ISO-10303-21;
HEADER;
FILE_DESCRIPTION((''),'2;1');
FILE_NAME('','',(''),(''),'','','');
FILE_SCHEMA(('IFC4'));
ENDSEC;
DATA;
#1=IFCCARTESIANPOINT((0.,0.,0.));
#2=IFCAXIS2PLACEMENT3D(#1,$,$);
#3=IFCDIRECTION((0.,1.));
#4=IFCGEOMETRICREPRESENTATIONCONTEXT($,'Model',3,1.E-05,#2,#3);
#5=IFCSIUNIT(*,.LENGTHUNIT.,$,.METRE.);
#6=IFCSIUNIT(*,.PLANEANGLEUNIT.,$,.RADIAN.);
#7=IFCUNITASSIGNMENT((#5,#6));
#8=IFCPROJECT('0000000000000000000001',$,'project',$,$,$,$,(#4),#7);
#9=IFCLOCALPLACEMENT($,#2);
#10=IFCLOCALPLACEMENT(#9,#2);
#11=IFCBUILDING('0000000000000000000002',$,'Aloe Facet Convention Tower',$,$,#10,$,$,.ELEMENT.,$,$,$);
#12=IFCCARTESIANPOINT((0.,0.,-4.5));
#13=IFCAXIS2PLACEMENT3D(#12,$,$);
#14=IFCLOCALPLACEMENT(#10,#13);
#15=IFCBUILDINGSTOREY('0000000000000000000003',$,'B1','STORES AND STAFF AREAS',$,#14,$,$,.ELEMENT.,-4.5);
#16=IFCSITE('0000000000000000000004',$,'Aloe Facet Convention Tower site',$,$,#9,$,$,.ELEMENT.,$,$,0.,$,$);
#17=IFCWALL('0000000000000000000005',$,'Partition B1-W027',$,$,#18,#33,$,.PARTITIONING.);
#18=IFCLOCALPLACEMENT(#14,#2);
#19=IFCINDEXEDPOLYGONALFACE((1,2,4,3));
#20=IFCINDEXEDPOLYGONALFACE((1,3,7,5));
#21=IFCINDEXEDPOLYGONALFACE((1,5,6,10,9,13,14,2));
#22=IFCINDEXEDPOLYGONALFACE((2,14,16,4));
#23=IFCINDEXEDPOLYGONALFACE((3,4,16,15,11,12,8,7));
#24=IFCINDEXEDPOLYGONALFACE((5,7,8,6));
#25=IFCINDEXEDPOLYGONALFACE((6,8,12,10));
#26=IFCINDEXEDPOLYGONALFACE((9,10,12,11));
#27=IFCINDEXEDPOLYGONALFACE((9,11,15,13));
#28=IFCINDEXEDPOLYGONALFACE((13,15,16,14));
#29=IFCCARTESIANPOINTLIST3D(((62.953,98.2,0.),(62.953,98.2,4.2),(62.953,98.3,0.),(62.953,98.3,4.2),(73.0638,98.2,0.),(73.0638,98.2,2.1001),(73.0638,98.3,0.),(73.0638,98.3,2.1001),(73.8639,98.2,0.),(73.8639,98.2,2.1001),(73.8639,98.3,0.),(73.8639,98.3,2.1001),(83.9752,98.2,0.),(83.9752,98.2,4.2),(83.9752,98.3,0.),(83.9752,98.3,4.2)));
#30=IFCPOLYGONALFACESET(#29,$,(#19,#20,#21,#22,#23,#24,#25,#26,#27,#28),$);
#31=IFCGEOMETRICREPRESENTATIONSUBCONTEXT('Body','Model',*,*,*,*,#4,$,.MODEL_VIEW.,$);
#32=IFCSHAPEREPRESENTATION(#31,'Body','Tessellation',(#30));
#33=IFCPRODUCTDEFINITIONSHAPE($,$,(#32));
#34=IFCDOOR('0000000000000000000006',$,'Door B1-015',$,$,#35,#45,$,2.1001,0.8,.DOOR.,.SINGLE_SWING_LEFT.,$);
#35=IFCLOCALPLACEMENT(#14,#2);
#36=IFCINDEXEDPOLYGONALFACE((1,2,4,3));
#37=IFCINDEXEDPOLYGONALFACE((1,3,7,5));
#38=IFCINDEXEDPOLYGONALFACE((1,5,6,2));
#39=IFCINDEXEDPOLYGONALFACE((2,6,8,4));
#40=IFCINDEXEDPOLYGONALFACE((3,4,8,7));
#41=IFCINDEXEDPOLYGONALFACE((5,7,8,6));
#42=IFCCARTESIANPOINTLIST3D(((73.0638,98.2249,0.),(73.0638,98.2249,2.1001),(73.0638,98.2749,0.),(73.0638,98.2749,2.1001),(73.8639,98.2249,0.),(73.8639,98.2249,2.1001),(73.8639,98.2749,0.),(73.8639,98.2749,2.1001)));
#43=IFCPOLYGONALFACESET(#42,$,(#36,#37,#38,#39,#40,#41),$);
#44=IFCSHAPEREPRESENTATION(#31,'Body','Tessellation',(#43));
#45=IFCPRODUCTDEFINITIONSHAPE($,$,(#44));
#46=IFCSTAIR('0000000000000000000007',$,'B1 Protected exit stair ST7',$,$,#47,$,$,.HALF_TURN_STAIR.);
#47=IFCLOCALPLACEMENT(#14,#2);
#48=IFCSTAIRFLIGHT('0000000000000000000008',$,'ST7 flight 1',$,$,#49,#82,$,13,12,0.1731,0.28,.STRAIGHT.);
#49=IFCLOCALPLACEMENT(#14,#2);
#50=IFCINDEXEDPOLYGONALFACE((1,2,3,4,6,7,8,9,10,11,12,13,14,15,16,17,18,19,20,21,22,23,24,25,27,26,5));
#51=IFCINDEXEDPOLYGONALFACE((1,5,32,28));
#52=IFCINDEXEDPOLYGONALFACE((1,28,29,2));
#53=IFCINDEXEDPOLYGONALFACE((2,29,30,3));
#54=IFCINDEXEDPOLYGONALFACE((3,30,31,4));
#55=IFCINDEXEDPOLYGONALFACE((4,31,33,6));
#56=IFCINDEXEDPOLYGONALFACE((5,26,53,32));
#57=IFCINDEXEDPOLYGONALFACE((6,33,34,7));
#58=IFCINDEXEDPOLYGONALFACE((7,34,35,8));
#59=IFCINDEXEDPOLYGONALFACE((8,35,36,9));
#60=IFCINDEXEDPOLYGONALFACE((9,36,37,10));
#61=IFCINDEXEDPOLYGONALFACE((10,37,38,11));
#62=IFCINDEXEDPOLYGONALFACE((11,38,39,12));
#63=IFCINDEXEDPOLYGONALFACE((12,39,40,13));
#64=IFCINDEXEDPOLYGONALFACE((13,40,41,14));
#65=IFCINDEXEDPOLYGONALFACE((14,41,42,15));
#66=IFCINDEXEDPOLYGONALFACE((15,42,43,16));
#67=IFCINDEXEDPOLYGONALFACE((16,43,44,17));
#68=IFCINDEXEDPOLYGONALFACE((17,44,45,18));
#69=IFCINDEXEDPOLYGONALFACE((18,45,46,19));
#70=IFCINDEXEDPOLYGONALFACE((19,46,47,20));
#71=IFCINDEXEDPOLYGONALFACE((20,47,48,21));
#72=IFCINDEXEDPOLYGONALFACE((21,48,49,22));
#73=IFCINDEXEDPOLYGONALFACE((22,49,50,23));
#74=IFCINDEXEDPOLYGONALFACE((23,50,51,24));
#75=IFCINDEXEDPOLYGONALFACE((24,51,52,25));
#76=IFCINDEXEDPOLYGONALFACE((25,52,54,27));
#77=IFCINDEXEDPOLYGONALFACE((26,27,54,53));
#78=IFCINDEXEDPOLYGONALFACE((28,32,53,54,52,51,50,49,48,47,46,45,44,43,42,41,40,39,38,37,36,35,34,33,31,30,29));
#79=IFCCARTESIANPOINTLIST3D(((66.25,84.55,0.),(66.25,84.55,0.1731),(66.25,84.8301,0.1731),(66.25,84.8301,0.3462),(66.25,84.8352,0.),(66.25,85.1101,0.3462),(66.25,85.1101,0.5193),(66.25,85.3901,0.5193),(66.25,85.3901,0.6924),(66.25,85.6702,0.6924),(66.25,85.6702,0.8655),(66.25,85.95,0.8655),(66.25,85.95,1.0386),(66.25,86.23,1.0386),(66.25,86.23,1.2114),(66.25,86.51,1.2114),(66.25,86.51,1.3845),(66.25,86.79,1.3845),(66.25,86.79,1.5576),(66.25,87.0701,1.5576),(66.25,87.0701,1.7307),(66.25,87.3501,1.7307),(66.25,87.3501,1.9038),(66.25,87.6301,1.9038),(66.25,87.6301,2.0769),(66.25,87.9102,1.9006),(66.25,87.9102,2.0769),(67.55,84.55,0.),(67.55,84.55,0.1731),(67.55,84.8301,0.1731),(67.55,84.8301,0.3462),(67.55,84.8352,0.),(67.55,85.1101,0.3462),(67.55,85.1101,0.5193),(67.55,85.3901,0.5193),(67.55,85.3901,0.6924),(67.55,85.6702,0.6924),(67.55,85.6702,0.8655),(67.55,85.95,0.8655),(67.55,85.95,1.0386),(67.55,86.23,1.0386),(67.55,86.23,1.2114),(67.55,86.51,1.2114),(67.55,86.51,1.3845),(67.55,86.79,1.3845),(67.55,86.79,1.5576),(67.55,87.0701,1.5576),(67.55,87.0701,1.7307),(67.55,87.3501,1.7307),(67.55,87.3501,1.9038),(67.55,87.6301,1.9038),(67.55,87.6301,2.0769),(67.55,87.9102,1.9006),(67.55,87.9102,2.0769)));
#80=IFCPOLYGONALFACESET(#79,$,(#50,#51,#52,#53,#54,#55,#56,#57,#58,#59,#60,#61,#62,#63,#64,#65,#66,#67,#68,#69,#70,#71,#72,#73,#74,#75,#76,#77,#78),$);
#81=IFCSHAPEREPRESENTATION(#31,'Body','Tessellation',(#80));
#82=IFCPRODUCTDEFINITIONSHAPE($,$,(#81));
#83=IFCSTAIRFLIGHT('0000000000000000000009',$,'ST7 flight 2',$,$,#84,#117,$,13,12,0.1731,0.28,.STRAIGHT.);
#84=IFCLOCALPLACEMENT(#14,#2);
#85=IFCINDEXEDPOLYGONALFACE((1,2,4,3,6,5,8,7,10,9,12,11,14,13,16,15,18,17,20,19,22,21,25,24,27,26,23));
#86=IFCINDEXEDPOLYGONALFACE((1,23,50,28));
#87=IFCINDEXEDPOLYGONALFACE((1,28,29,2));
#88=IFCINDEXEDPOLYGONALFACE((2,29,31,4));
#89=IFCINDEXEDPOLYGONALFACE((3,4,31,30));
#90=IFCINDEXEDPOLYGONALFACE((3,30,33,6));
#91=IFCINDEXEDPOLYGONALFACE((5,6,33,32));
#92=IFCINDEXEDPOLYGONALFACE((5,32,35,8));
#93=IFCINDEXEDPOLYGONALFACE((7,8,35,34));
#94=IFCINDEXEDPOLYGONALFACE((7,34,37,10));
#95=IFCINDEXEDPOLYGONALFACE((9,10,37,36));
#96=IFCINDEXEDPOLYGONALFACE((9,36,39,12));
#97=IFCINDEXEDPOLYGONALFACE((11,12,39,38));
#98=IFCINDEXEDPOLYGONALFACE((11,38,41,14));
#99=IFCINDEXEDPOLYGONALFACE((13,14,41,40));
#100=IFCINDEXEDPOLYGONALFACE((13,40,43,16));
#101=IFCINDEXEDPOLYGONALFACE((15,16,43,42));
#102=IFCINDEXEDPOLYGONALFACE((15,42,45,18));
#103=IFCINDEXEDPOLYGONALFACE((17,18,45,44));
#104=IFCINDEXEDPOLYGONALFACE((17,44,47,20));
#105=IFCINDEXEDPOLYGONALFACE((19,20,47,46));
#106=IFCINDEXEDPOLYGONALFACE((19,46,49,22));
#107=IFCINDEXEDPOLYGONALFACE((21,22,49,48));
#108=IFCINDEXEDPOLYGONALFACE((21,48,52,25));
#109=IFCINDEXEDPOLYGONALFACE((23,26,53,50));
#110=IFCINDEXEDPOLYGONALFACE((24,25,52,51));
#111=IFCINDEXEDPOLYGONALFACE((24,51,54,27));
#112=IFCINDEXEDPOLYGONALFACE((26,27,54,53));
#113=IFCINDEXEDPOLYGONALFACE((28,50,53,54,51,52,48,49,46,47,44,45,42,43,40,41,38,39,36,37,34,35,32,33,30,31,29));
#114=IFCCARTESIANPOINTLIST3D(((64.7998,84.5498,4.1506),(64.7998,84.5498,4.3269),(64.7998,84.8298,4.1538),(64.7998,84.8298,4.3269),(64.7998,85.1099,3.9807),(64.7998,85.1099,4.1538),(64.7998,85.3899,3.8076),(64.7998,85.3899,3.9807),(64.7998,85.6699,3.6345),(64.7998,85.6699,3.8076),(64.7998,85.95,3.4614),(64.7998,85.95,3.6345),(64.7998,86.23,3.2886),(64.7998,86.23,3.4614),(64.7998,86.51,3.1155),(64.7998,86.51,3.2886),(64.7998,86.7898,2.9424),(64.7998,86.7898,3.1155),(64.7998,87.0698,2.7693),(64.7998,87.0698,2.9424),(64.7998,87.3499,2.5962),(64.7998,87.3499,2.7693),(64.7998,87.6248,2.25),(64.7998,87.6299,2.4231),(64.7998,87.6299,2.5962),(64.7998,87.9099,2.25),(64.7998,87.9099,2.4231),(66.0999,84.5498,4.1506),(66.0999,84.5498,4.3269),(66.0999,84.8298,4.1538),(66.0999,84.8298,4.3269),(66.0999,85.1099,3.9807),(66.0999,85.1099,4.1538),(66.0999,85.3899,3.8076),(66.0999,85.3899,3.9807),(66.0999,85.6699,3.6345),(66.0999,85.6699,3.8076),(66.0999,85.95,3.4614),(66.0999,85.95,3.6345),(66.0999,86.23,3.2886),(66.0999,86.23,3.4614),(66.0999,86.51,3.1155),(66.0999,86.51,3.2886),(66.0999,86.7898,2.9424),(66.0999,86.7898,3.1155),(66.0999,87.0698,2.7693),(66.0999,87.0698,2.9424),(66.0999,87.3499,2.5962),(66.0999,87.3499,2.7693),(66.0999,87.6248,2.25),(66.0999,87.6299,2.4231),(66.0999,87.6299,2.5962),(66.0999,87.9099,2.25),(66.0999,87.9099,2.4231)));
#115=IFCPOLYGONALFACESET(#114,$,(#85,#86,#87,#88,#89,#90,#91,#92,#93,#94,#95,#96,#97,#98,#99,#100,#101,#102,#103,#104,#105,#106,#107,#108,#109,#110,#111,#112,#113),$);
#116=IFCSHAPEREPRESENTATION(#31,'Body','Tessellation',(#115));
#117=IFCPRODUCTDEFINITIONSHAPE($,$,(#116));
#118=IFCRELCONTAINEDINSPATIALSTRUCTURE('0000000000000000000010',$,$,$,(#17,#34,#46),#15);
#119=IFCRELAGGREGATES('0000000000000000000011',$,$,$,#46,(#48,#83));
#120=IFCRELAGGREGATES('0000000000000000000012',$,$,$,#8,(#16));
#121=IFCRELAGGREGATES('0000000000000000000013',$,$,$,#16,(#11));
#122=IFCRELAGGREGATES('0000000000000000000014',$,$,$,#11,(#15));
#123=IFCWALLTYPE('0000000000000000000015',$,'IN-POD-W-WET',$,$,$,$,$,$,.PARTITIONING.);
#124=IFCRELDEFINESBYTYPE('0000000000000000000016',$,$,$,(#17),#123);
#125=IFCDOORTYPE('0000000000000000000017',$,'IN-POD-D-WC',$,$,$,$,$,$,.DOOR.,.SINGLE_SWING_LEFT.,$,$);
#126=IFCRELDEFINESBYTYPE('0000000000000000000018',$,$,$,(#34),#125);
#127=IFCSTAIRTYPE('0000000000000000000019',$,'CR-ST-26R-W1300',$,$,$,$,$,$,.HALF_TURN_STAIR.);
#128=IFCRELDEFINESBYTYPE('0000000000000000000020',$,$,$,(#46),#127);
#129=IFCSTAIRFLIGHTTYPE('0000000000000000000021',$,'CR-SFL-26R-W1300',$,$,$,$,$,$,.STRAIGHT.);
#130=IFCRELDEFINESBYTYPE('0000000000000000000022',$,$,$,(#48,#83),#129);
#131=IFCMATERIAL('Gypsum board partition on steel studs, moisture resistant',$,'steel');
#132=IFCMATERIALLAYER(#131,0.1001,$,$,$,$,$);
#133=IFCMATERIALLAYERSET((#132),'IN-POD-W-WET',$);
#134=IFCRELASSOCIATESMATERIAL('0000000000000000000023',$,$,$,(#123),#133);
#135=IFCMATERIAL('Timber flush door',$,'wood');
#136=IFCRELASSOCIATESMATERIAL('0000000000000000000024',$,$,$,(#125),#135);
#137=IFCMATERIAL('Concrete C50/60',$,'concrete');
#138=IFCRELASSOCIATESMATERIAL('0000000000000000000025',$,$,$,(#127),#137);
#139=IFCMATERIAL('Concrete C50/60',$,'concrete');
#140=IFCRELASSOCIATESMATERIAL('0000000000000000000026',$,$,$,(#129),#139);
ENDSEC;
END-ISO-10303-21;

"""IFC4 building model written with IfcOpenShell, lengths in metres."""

from ifc_helpers import new_model, si_unit, direction, frame, frame_2d, origin, place, context, subcontext, project, spatial, polyline, rectangle, outline, extrude, material, layer, layer_set, type_object, element, fill, aggregate, save


model = new_model("IFC4")

# Units and contexts
model_context = context("Model", 3, precision=1e-05, world=origin(), true_north=direction((0.0, 1.0)))
body_context = subcontext(model_context, "Body", "Model", "MODEL_VIEW")
ifc_project = project(units=[si_unit("LENGTHUNIT", "METRE"), si_unit("PLANEANGLEUNIT", "RADIAN")], contexts=[model_context])

# Site, building, storey
site_placement = place(None, origin())
site = spatial("IfcSite", under=ifc_project, at=site_placement, Name="Aloe Facet Convention Tower site", CompositionType="ELEMENT", RefElevation=0.0)
building_placement = place(site_placement, origin())
building = spatial("IfcBuilding", under=site, at=building_placement, Name="Aloe Facet Convention Tower", CompositionType="ELEMENT")
storey_placement = place(building_placement, frame((0.0, 0.0, -4.5)))
storey = spatial("IfcBuildingStorey", under=building, at=storey_placement, Name="B1", Description="STORES AND STAFF AREAS", CompositionType="ELEMENT", Elevation=-4.5)

# Shared definitions
ifc_material_1 = material(Name="Gypsum board partition on steel studs, moisture resistant", Category="steel")
ifc_layer_1 = layer(ifc_material_1, 0.1001)
ifc_layer_set_1 = layer_set([ifc_layer_1], Name="IN-POD-W-WET")
wall_type_1 = type_object("IfcWallType", Name="IN-POD-W-WET", PredefinedType="PARTITIONING", material=ifc_layer_set_1)

# Wall, opening, door
wall_1_placement = place(storey_placement, frame((62.9529, 98.25, 0.0), z_axis=(0.0, 0.0, 1.0), x_axis=(1.0, 0.0, 0.0)))
wall_1 = element("IfcWall", 1, at=wall_1_placement, inside=storey, type_object=wall_type_1, Name="Partition B1-W027", PredefinedType="PARTITIONING", context=body_context, shape_type="SweptSolid", body=[
    extrude(rectangle(XDim=21.0222, YDim=0.1001, at=frame_2d((10.5112, 0.0))), origin(), (0.0, 0.0, 1.0), 4.2),
])
opening_1_placement = place(wall_1_placement, frame((10.1111, 0.0, 0.0)))
opening_1 = element("IfcOpeningElement", 2, at=opening_1_placement, cuts=wall_1, PredefinedType="OPENING", context=body_context, shape_type="SweptSolid", body=[
    extrude(rectangle(XDim=0.8, YDim=2.1001, at=frame_2d((0.3999, 1.05))), frame((0.0, 0.0601, 0.0), z_axis=(0.0, -1.0, 0.0), x_axis=(1.0, 0.0, 0.0)), (0.0, 0.0, 1.0), 0.1201),
])
ifc_material_2 = material(Name="Timber flush door", Category="wood")
door_type_1 = type_object("IfcDoorType", Name="IN-POD-D-WC", OperationType="SINGLE_SWING_LEFT", PredefinedType="DOOR", material=ifc_material_2)
door_1_placement = place(opening_1_placement, origin())
door_1 = element("IfcDoor", 3, at=door_1_placement, inside=storey, type_object=door_type_1, Name="Door B1-015", OperationType="SINGLE_SWING_LEFT", OverallHeight=2.1001, OverallWidth=0.8, PredefinedType="DOOR", context=body_context, shape_type="SweptSolid", body=[
    extrude(rectangle(XDim=0.8, YDim=2.1001, at=frame_2d((0.3999, 1.05))), frame((0.0, 0.0249, 0.0), z_axis=(0.0, -1.0, 0.0), x_axis=(1.0, 0.0, 0.0)), (0.0, 0.0, 1.0), 0.05),
])
fill(opening_1, door_1)

# Stair, stair flights
ifc_material_3 = material(Name="Concrete C50/60", Category="concrete")
stair_type = type_object("IfcStairType", Name="CR-ST-26R-W1300", PredefinedType="HALF_TURN_STAIR", material=ifc_material_3)
stair_placement = place(storey_placement, origin())
stair = element("IfcStair", 4, at=stair_placement, inside=storey, type_object=stair_type, Name="B1 Protected exit stair ST7", PredefinedType="HALF_TURN_STAIR")
ifc_material_4 = material(Name="Concrete C50/60", Category="concrete")
stair_flight_type = type_object("IfcStairFlightType", Name="CR-SFL-26R-W1300", PredefinedType="STRAIGHT", material=ifc_material_4)
stair_flight_1_placement = place(storey_placement, frame((66.8999, 84.55, 0.0), z_axis=(0.0, 0.0, 1.0), x_axis=(0.0, 1.0, 0.0)))
stair_flight_1 = element("IfcStairFlight", 5, at=stair_flight_1_placement, type_object=stair_flight_type, Name="ST7 flight 1", NumberOfRisers=13, NumberOfTreads=12, PredefinedType="STRAIGHT", RiserHeight=0.1731, TreadLength=0.28, context=body_context, shape_type="SweptSolid", body=[
    extrude(outline(polyline([(0.0, 0.0), (0.0, 0.1731), (0.28, 0.1731), (0.28, 0.3462), (0.5601, 0.3462), (0.5601, 0.5193), (0.8401, 0.5193), (0.8401, 0.6924), (1.1201, 0.6924), (1.1201, 0.8655), (1.3999, 0.8655), (1.3999, 1.0386), (1.6799, 1.0386), (1.6799, 1.2114), (1.96, 1.2114), (1.96, 1.3845), (2.24, 1.3845), (2.24, 1.5576), (2.52, 1.5576), (2.52, 1.7307), (2.8, 1.7307), (2.8, 1.9038), (3.0801, 1.9038), (3.0801, 2.0769), (3.3601, 2.0769), (3.3601, 2.25), (3.3601, 1.9006), (0.2852, 0.0), (0.0, 0.0)])), frame((0.0, 0.6499, 0.0), z_axis=(0.0, -1.0, 0.0), x_axis=(1.0, 0.0, 0.0)), (0.0, 0.0, 1.0), 1.3),
])
stair_flight_2_placement = place(storey_placement, frame((65.45, 87.9099, 2.25), z_axis=(0.0, 0.0, 1.0), x_axis=(0.0, -1.0, 0.0)))
stair_flight_2 = element("IfcStairFlight", 6, at=stair_flight_2_placement, type_object=stair_flight_type, Name="ST7 flight 2", NumberOfRisers=13, NumberOfTreads=12, PredefinedType="STRAIGHT", RiserHeight=0.1731, TreadLength=0.28, context=body_context, shape_type="SweptSolid", body=[
    extrude(outline(polyline([(0.0, 0.0), (0.0, 0.1731), (0.28, 0.1731), (0.28, 0.3462), (0.5601, 0.3462), (0.5601, 0.5193), (0.8401, 0.5193), (0.8401, 0.6924), (1.1201, 0.6924), (1.1201, 0.8655), (1.3999, 0.8655), (1.3999, 1.0386), (1.6799, 1.0386), (1.6799, 1.2114), (1.96, 1.2114), (1.96, 1.3845), (2.24, 1.3845), (2.24, 1.5576), (2.52, 1.5576), (2.52, 1.7307), (2.8, 1.7307), (2.8, 1.9038), (3.0801, 1.9038), (3.0801, 2.0769), (3.3601, 2.0769), (3.3601, 2.25), (3.3601, 1.9006), (0.2852, 0.0), (0.0, 0.0)])), frame((0.0, 0.6499, 0.0), z_axis=(0.0, -1.0, 0.0), x_axis=(1.0, 0.0, 0.0)), (0.0, 0.0, 1.0), 1.3),
])
aggregate(stair, [stair_flight_1, stair_flight_2])

save(model, "model.ifc")
